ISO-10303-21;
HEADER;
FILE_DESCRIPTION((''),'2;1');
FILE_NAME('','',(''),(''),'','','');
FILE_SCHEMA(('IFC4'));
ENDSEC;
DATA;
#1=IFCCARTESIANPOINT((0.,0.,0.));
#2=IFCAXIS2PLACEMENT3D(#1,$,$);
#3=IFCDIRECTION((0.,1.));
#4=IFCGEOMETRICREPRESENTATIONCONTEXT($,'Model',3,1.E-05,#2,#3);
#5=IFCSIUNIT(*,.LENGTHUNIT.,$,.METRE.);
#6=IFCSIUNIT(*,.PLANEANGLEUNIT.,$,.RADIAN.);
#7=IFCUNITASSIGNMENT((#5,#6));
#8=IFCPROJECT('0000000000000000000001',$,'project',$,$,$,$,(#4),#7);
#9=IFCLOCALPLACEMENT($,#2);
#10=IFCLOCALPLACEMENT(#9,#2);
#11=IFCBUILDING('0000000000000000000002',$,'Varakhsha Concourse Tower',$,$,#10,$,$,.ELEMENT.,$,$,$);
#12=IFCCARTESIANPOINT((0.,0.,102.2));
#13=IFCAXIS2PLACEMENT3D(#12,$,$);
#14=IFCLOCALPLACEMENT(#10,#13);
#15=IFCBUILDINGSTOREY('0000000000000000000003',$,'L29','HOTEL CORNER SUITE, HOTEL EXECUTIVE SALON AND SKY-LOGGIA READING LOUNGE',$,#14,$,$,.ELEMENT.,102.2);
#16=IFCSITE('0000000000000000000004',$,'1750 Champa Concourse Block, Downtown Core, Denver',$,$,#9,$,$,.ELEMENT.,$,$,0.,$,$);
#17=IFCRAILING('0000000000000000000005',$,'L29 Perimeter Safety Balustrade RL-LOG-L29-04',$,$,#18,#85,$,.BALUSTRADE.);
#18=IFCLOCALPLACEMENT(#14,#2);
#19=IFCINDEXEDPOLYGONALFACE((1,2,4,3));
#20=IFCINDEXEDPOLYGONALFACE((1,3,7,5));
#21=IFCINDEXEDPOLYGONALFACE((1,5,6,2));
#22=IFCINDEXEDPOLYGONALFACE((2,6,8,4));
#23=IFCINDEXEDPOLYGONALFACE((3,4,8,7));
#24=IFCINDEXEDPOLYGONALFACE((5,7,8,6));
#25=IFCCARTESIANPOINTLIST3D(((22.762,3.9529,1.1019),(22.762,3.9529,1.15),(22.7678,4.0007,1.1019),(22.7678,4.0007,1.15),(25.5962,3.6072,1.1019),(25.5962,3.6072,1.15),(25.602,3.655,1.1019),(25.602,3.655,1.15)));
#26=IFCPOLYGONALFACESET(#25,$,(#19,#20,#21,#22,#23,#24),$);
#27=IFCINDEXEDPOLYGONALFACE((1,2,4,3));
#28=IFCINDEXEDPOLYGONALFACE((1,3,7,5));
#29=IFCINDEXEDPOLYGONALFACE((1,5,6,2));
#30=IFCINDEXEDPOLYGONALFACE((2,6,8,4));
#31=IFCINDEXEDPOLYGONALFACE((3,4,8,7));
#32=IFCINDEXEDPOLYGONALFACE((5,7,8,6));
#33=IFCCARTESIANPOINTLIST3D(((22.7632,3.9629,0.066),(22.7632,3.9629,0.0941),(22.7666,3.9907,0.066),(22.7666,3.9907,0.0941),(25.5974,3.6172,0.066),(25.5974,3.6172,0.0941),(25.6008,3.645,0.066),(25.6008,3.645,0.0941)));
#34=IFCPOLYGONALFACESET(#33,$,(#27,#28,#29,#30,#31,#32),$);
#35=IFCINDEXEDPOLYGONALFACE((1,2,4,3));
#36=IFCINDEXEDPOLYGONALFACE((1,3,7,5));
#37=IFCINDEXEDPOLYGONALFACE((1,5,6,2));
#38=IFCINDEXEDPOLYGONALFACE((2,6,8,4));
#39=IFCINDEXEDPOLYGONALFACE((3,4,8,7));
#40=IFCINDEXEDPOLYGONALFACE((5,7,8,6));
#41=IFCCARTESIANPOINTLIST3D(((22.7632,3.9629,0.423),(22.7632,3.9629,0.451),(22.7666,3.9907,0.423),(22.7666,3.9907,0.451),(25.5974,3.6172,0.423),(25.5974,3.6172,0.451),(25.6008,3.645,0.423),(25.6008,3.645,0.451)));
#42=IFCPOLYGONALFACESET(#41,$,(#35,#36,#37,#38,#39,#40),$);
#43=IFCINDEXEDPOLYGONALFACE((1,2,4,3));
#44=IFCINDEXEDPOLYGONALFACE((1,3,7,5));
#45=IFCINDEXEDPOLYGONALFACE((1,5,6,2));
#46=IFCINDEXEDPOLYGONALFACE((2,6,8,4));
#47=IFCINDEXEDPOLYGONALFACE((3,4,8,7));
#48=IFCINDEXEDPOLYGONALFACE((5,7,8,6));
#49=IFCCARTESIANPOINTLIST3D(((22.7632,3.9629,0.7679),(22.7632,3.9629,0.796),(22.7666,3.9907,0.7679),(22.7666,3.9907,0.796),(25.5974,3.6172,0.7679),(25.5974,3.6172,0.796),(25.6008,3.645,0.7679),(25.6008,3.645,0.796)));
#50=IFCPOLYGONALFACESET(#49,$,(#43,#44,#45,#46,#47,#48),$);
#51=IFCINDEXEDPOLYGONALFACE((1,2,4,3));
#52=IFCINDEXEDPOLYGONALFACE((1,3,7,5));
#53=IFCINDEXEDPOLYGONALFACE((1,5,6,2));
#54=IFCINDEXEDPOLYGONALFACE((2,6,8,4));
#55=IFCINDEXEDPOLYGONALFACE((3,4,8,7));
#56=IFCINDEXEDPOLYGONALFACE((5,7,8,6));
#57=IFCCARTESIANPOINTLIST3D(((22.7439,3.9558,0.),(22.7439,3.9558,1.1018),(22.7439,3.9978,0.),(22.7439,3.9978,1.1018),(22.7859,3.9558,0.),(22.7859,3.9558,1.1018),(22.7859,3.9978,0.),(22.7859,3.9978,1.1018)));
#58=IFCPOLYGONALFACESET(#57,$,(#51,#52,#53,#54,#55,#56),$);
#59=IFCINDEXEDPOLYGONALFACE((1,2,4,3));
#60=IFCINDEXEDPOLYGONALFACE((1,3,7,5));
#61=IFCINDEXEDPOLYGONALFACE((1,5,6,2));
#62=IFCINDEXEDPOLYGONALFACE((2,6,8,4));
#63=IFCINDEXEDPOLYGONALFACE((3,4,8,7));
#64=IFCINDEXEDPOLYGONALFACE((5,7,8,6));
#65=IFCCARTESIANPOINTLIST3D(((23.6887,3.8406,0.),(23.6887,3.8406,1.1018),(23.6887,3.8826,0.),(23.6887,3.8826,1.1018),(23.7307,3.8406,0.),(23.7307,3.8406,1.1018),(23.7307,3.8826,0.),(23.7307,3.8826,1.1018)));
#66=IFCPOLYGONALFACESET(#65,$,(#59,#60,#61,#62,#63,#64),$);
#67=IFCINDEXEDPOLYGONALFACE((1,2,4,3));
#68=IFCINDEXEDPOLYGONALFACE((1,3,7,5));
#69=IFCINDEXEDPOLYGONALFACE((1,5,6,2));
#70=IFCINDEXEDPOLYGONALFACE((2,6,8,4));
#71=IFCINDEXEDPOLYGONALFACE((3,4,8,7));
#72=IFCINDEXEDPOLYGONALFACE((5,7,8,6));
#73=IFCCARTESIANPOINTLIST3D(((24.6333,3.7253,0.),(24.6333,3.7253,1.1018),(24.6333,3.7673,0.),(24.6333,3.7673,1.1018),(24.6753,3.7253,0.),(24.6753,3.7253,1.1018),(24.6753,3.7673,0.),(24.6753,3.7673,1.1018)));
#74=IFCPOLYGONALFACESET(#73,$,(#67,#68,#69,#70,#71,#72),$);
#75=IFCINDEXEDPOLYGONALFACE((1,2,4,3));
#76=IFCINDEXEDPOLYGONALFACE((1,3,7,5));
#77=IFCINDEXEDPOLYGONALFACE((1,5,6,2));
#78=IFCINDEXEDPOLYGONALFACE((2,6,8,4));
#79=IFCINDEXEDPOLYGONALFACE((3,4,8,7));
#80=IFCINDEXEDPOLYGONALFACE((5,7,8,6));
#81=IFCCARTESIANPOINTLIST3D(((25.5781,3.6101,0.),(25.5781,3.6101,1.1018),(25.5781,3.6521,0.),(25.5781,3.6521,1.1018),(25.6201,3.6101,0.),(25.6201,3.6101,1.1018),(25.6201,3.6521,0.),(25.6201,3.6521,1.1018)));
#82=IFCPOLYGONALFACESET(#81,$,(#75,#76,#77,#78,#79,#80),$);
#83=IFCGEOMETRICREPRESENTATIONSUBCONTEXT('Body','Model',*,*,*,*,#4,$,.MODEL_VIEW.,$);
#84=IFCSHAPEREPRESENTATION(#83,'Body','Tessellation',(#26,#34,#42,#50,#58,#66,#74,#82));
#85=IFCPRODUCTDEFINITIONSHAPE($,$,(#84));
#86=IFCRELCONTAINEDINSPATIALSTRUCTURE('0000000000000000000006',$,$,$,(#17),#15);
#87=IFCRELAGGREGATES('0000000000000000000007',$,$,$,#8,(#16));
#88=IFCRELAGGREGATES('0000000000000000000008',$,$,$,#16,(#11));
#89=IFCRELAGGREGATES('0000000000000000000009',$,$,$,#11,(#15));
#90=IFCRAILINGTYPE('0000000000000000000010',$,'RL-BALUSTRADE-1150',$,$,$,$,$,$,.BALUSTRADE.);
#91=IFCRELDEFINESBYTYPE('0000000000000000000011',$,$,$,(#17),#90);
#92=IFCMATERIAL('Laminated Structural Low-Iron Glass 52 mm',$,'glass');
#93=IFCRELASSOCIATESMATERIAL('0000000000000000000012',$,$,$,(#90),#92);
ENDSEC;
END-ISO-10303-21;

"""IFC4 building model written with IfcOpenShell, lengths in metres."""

from ifc_helpers import new_model, si_unit, direction, frame, origin, origin_2d, place, context, subcontext, project, spatial, rectangle, extrude, material, type_object, element, save


model = new_model("IFC4")

# Units and contexts
model_context = context("Model", 3, precision=1e-05, world=origin(), true_north=direction((0.0, 1.0)))
body_context = subcontext(model_context, "Body", "Model", "MODEL_VIEW")
ifc_project = project(units=[si_unit("LENGTHUNIT", "METRE"), si_unit("PLANEANGLEUNIT", "RADIAN")], contexts=[model_context])

# Site, building, storey
site_placement = place(None, origin())
site = spatial("IfcSite", under=ifc_project, at=site_placement, Name="1750 Champa Concourse Block, Downtown Core, Denver", CompositionType="ELEMENT", RefElevation=0.0)
building_placement = place(site_placement, origin())
building = spatial("IfcBuilding", under=site, at=building_placement, Name="Varakhsha Concourse Tower", CompositionType="ELEMENT")
storey_placement = place(building_placement, frame((0.0, 0.0, 102.2)))
storey = spatial("IfcBuildingStorey", under=building, at=storey_placement, Name="L29", Description="HOTEL CORNER SUITE, HOTEL EXECUTIVE SALON AND SKY-LOGGIA READING LOUNGE", CompositionType="ELEMENT", Elevation=102.2)

# Railing
ifc_material_1 = material(Name="Laminated Structural Low-Iron Glass 52 mm", Category="glass")
railing_type = type_object("IfcRailingType", Name="RL-BALUSTRADE-1150", PredefinedType="BALUSTRADE", material=ifc_material_1)
railing_1_placement = place(storey_placement, frame((22.7649, 3.9768, 0.0)))
element("IfcRailing", 1, at=railing_1_placement, inside=storey, type_object=railing_type, Name="L29 Perimeter Safety Balustrade RL-LOG-L29-04", PredefinedType="BALUSTRADE", context=body_context, shape_type="SweptSolid", body=[
    extrude(rectangle(XDim=0.0481, YDim=0.0481, at=origin_2d()), frame((0.0, 0.0, 1.126), z_axis=(0.992643, -0.121077, 0.0), x_axis=(0.121077, 0.992643, 0.0)), (0.0, 0.0, 1.0), 2.8552),
    extrude(rectangle(XDim=0.0281, YDim=0.0281, at=origin_2d()), frame((0.0, 0.0, 0.0801), z_axis=(0.992643, -0.121077, 0.0), x_axis=(0.121077, 0.992643, 0.0)), (0.0, 0.0, 1.0), 2.8552),
    extrude(rectangle(XDim=0.0281, YDim=0.0281, at=origin_2d()), frame((0.0, 0.0, 0.437), z_axis=(0.992643, -0.121077, 0.0), x_axis=(0.121077, 0.992643, 0.0)), (0.0, 0.0, 1.0), 2.8552),
    extrude(rectangle(XDim=0.0281, YDim=0.0281, at=origin_2d()), frame((0.0, 0.0, 0.782), z_axis=(0.992643, -0.121077, 0.0), x_axis=(0.121077, 0.992643, 0.0)), (0.0, 0.0, 1.0), 2.8552),
    extrude(rectangle(XDim=0.042, YDim=0.042, at=origin_2d()), origin(), (0.0, 0.0, 1.0), 1.1018),
    extrude(rectangle(XDim=0.042, YDim=0.042, at=origin_2d()), frame((0.9448, -0.1152, 0.0)), (0.0, 0.0, 1.0), 1.1018),
    extrude(rectangle(XDim=0.042, YDim=0.042, at=origin_2d()), frame((1.8894, -0.2305, 0.0)), (0.0, 0.0, 1.0), 1.1018),
    extrude(rectangle(XDim=0.042, YDim=0.042, at=origin_2d()), frame((2.8342, -0.3457, 0.0)), (0.0, 0.0, 1.0), 1.1018),
])

save(model, "model.ifc")
